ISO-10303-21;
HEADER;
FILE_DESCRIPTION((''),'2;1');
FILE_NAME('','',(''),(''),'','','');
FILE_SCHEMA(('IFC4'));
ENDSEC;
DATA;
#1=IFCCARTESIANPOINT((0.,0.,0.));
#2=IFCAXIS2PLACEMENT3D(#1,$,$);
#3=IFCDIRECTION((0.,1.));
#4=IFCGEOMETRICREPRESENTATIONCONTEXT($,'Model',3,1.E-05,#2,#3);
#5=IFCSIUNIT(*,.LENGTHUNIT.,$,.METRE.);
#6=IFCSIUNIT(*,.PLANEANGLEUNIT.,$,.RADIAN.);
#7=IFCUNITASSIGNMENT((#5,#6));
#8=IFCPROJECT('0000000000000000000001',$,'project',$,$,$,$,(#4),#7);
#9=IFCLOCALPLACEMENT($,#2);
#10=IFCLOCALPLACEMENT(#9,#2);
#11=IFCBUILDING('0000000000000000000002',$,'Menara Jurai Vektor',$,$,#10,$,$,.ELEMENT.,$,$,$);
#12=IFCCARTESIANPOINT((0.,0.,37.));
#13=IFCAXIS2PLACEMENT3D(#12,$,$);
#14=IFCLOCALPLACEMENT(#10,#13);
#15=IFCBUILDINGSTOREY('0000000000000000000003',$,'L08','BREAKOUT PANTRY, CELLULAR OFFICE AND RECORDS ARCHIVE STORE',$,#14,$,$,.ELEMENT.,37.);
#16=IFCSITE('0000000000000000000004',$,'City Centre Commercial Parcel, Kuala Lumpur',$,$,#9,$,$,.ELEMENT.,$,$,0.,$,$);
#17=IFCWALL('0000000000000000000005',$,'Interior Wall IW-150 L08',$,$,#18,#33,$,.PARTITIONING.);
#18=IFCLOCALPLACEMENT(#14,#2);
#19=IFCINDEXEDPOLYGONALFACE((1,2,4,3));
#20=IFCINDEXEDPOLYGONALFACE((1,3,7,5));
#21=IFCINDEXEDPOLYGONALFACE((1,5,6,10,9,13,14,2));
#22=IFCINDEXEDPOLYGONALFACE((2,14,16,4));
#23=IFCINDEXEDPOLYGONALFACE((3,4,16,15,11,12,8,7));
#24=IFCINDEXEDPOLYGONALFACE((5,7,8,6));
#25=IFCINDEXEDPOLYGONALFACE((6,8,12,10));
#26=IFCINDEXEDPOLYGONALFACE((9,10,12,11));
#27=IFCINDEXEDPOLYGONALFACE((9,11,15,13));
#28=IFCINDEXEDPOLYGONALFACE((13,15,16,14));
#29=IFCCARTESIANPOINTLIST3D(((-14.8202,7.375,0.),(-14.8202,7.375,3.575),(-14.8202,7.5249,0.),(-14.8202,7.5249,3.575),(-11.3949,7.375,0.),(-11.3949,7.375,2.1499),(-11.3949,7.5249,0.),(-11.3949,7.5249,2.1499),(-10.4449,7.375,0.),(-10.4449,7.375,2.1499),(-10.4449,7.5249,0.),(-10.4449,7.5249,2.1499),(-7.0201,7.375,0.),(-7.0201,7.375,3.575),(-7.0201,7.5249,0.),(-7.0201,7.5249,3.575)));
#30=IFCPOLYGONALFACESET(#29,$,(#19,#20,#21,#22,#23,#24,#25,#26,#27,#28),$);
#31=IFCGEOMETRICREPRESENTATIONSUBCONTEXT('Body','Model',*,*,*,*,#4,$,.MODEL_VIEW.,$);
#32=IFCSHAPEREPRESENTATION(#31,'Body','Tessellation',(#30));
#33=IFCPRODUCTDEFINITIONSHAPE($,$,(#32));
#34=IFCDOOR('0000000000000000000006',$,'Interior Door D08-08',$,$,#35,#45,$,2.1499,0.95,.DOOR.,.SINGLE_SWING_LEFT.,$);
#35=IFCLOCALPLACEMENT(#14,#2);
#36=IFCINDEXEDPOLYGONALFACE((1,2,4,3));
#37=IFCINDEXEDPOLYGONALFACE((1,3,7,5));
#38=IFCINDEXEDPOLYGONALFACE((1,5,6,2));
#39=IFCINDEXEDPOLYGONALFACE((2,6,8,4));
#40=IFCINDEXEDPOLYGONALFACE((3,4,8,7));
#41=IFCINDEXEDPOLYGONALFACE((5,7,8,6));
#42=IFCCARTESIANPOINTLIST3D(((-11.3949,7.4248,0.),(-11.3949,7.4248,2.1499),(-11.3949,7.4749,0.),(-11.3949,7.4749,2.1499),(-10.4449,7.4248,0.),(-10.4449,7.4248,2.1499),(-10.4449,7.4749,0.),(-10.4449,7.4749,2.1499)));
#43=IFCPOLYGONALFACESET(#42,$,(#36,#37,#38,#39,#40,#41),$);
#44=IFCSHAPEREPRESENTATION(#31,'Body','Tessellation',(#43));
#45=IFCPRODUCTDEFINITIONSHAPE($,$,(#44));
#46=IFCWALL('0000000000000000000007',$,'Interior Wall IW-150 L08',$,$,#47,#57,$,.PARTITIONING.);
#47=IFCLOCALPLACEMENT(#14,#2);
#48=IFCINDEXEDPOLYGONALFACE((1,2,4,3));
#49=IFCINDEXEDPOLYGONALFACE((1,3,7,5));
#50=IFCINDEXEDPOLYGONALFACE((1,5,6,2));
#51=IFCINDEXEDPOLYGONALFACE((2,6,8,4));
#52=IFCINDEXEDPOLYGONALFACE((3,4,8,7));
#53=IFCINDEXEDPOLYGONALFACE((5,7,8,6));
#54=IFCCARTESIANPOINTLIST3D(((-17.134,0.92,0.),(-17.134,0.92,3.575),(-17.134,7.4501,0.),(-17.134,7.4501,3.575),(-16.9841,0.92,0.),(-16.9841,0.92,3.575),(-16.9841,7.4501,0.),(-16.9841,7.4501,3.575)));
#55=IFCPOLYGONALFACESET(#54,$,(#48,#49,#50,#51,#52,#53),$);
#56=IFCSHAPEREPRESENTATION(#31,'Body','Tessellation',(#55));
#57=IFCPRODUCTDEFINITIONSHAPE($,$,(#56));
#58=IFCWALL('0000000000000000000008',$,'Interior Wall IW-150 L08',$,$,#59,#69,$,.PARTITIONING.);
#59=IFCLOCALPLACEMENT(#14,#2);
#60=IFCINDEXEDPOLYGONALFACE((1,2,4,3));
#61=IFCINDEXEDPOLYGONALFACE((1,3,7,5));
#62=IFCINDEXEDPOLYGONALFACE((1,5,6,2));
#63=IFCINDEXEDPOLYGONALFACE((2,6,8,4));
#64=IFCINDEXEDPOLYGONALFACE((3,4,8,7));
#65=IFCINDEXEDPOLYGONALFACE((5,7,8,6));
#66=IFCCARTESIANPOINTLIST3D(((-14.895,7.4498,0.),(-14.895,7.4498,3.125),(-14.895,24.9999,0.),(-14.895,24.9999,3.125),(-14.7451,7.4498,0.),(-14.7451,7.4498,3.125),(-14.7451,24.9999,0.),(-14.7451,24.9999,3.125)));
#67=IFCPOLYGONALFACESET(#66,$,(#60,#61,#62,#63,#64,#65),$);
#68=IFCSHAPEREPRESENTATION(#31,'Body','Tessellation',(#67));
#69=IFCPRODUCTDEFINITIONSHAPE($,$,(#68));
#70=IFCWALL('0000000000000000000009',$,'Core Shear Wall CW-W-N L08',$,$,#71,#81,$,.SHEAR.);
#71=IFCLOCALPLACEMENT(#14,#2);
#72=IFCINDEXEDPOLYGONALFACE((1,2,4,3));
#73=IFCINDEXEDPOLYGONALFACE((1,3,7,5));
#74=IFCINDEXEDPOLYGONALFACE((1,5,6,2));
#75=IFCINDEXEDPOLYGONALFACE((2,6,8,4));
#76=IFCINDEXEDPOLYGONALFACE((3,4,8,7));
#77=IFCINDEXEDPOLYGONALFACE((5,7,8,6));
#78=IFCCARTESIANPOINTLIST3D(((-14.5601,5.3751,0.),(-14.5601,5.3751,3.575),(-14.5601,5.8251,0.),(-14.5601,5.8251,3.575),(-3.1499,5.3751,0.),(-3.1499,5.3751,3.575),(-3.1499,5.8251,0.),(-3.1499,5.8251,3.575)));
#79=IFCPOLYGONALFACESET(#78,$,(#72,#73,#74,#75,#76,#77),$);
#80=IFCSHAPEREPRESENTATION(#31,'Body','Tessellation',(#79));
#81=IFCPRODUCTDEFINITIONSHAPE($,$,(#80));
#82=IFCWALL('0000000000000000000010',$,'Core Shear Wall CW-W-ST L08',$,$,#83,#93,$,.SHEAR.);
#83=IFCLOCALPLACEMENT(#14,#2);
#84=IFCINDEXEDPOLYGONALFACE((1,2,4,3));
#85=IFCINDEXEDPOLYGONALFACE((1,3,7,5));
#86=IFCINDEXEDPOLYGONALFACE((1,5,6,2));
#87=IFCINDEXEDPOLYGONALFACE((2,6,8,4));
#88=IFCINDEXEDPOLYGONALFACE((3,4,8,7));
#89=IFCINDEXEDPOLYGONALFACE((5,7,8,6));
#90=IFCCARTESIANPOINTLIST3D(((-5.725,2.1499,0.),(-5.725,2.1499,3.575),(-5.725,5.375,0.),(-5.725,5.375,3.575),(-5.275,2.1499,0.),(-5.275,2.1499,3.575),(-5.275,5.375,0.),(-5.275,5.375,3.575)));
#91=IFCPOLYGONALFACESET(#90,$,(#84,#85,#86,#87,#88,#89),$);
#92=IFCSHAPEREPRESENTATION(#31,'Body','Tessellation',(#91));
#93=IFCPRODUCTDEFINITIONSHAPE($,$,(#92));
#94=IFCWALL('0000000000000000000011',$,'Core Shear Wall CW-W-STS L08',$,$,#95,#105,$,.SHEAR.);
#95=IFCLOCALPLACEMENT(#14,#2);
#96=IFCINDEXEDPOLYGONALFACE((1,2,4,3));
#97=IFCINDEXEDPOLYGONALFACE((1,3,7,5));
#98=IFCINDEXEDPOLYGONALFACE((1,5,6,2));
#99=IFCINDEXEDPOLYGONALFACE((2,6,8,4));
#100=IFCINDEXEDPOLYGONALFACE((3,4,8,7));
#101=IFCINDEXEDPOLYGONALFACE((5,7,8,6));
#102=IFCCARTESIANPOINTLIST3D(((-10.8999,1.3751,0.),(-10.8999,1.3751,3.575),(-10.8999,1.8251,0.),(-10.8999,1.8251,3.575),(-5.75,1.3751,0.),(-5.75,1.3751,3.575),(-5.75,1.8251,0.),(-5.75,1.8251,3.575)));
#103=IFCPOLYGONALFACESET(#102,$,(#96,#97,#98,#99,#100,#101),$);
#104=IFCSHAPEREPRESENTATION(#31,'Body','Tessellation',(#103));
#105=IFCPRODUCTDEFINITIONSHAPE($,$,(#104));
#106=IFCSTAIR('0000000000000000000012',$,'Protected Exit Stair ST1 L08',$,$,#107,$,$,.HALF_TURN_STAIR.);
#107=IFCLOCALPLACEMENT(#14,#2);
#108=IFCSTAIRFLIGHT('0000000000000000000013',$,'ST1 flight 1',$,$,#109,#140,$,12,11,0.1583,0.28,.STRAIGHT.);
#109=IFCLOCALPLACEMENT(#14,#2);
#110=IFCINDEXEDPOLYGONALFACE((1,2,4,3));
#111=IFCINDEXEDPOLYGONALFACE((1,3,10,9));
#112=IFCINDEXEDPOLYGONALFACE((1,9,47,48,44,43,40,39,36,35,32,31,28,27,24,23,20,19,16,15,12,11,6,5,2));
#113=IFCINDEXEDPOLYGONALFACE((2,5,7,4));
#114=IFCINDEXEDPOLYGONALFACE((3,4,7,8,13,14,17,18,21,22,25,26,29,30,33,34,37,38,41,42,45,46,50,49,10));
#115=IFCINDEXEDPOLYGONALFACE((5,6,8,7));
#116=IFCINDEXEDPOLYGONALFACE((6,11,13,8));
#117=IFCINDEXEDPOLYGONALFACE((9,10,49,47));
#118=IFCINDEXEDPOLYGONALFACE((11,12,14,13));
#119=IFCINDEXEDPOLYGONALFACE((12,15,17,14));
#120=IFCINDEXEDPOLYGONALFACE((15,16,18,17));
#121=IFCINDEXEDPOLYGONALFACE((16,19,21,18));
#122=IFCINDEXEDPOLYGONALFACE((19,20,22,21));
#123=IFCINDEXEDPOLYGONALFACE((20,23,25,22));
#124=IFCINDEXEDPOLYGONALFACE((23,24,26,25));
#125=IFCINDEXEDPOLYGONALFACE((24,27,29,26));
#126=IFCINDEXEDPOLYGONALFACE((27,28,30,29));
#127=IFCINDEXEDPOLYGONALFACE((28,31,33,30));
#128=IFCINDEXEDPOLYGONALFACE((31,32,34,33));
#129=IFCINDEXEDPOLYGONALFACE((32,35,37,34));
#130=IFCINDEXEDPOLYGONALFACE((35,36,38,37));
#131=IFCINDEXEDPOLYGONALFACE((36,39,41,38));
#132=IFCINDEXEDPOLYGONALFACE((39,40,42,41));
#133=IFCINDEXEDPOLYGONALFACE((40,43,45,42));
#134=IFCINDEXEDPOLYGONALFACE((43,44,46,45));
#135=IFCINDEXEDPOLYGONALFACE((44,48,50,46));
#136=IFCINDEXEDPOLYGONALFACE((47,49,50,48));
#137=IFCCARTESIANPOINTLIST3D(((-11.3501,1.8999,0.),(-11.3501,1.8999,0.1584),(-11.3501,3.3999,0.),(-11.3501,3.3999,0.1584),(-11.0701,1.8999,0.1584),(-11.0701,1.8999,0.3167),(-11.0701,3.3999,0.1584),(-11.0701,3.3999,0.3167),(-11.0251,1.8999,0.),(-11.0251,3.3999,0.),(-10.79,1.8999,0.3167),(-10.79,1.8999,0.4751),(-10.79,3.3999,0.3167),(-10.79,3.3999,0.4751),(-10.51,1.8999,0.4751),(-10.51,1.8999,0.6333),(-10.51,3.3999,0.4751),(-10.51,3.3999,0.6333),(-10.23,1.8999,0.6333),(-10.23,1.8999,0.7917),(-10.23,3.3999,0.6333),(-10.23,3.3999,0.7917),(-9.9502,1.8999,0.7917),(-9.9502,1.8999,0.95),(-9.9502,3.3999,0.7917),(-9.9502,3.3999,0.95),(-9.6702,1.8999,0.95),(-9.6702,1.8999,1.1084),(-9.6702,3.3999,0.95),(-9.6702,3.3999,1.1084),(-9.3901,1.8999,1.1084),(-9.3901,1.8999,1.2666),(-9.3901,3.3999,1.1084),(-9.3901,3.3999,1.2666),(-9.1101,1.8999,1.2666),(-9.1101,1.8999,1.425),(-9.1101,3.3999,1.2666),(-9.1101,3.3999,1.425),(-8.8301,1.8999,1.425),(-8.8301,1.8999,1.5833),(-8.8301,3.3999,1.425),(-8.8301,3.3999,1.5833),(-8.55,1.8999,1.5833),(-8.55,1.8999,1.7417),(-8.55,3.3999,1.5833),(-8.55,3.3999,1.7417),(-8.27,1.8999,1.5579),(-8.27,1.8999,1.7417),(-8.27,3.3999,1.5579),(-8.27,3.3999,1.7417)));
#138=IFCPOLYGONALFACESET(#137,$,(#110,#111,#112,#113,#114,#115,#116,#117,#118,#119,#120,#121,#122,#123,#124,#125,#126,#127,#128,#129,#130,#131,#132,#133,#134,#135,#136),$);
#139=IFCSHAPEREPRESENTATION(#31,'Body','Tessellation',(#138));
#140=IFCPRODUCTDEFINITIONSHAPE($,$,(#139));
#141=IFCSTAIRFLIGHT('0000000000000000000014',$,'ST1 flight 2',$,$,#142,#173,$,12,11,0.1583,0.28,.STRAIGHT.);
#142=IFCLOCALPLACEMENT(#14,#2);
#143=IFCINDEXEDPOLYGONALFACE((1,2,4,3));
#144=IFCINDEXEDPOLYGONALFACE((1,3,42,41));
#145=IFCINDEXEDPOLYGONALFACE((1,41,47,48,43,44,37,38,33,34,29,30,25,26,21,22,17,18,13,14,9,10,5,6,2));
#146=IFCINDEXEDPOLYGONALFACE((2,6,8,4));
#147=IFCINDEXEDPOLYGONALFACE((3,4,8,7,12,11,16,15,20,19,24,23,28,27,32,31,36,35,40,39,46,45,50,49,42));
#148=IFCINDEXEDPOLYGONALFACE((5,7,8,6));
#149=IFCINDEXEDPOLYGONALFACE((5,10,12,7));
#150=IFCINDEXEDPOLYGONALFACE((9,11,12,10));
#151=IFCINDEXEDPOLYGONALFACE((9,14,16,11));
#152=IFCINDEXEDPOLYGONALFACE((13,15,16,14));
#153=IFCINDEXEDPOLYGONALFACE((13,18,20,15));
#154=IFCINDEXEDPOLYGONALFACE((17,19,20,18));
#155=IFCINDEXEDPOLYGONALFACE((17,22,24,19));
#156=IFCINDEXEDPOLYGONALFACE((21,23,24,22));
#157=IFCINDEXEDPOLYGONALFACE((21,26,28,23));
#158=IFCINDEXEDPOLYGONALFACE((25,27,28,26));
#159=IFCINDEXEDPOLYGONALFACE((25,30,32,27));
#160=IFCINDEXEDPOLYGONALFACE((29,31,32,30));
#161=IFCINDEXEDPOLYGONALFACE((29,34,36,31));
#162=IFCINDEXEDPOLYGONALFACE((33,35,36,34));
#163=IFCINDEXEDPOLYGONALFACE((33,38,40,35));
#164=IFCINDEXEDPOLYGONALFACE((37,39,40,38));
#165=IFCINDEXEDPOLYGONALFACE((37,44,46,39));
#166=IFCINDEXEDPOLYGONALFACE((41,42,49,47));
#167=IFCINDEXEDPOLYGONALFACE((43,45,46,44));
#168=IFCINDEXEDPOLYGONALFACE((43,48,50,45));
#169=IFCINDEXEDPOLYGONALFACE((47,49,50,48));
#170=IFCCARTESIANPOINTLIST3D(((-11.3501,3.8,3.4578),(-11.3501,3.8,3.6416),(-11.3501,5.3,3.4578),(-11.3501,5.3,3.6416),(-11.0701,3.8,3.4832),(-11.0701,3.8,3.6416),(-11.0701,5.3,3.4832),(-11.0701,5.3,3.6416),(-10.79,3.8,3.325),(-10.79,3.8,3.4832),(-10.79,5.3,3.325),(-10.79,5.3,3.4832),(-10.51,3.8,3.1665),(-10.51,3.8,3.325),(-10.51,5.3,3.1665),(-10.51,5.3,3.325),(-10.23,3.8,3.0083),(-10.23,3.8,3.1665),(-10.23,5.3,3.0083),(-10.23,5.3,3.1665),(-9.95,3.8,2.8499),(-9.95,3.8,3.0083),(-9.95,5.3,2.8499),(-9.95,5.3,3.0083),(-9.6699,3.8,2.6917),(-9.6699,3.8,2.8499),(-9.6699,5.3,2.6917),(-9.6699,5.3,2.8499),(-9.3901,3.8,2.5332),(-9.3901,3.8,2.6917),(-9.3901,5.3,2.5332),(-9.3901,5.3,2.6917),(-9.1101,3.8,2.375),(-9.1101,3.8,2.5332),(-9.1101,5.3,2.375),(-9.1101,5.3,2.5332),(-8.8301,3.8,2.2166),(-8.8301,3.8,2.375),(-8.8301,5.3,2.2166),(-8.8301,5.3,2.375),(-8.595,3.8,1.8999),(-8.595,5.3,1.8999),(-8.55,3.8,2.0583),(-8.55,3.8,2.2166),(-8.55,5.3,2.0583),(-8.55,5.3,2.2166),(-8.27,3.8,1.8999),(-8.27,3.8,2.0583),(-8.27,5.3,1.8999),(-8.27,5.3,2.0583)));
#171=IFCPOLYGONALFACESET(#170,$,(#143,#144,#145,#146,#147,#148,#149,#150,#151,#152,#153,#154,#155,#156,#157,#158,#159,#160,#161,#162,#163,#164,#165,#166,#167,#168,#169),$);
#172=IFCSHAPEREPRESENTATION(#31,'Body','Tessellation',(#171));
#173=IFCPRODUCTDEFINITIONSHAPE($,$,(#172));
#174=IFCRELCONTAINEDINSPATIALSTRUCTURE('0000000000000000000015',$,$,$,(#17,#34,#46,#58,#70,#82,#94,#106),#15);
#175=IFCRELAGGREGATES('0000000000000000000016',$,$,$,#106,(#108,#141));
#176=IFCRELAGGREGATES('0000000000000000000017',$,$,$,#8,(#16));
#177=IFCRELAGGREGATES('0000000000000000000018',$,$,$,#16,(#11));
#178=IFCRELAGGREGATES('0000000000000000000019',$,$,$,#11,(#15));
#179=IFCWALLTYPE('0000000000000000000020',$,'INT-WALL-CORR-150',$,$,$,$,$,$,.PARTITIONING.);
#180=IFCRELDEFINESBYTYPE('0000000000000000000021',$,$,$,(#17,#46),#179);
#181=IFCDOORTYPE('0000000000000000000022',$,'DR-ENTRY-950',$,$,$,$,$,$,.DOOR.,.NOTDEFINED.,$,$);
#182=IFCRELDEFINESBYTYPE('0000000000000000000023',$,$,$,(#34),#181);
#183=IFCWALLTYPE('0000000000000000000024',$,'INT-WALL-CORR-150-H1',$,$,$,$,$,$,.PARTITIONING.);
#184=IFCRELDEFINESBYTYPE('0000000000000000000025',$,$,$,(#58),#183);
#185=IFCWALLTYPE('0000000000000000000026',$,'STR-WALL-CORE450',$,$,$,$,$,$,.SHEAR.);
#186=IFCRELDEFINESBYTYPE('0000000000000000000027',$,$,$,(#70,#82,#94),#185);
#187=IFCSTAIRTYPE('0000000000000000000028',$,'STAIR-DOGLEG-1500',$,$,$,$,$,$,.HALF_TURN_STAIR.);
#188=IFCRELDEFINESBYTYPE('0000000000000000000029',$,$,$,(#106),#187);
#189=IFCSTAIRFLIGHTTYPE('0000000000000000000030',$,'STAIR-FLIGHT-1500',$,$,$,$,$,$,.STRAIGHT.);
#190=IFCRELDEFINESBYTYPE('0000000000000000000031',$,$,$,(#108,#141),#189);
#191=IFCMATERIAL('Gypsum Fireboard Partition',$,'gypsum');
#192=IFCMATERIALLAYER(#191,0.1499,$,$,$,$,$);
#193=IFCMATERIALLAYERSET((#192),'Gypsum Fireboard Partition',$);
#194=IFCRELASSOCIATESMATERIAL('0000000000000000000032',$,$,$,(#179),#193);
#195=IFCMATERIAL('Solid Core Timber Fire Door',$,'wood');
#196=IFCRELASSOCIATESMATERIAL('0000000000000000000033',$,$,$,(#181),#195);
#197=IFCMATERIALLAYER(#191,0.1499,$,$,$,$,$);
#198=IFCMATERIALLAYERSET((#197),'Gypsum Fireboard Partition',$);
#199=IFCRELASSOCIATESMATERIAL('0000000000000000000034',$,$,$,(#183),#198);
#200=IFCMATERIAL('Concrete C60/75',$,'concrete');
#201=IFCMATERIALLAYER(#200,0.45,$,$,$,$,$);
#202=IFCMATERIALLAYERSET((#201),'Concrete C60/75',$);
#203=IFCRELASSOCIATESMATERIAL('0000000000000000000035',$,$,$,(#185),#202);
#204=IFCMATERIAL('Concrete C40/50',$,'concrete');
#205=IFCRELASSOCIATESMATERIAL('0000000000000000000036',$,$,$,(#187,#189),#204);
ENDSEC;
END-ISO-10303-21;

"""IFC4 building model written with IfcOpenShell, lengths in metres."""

from ifc_helpers import new_model, si_unit, direction, frame, frame_2d, origin, place, context, subcontext, project, spatial, polyline, rectangle, outline, extrude, material, layer, layer_set, type_object, element, fill, aggregate, save


model = new_model("IFC4")

# Units and contexts
model_context = context("Model", 3, precision=1e-05, world=origin(), true_north=direction((0.0, 1.0)))
body_context = subcontext(model_context, "Body", "Model", "MODEL_VIEW")
ifc_project = project(units=[si_unit("LENGTHUNIT", "METRE"), si_unit("PLANEANGLEUNIT", "RADIAN")], contexts=[model_context])

# Site, building, storey
site_placement = place(None, origin())
site = spatial("IfcSite", under=ifc_project, at=site_placement, Name="City Centre Commercial Parcel, Kuala Lumpur", CompositionType="ELEMENT", RefElevation=0.0)
building_placement = place(site_placement, origin())
building = spatial("IfcBuilding", under=site, at=building_placement, Name="Menara Jurai Vektor", CompositionType="ELEMENT")
storey_placement = place(building_placement, frame((0.0, 0.0, 37.0)))
storey = spatial("IfcBuildingStorey", under=building, at=storey_placement, Name="L08", Description="BREAKOUT PANTRY, CELLULAR OFFICE AND RECORDS ARCHIVE STORE", CompositionType="ELEMENT", Elevation=37.0)

# Shared definitions
ifc_material_1 = material(Name="Concrete C60/75", Category="concrete")

# Shared definitions
ifc_material_2 = material(Name="Concrete C40/50", Category="concrete")

# Shared definitions
ifc_material_3 = material(Name="Gypsum Fireboard Partition", Category="gypsum")
ifc_layer_1 = layer(ifc_material_3, 0.1499)
ifc_layer_set_1 = layer_set([ifc_layer_1], Name="Gypsum Fireboard Partition")
wall_type_1 = type_object("IfcWallType", Name="INT-WALL-CORR-150", PredefinedType="PARTITIONING", material=ifc_layer_set_1)

# Wall, opening, door
ifc_material_4 = material(Name="Solid Core Timber Fire Door", Category="wood")
door_type_1 = type_object("IfcDoorType", Name="DR-ENTRY-950", OperationType="NOTDEFINED", PredefinedType="DOOR", material=ifc_material_4)
wall_1_placement = place(storey_placement, frame((-14.8201, 7.45, 0.0), z_axis=(0.0, 0.0, 1.0), x_axis=(1.0, 0.0, 0.0)))
wall_1 = element("IfcWall", 1, at=wall_1_placement, inside=storey, type_object=wall_type_1, Name="Interior Wall IW-150 L08", PredefinedType="PARTITIONING", context=body_context, shape_type="SweptSolid", body=[
    extrude(rectangle(XDim=7.8, YDim=0.1499, at=frame_2d((3.8999, 0.0))), origin(), (0.0, 0.0, 1.0), 3.575),
])
opening_1_placement = place(wall_1_placement, frame((3.425, 0.0, 0.0)))
opening_1 = element("IfcOpeningElement", 2, at=opening_1_placement, cuts=wall_1, PredefinedType="OPENING", context=body_context, shape_type="SweptSolid", body=[
    extrude(rectangle(XDim=0.95, YDim=2.1499, at=frame_2d((0.4751, 1.075))), frame((0.0, 0.085, 0.0), z_axis=(0.0, -1.0, 0.0), x_axis=(1.0, 0.0, 0.0)), (0.0, 0.0, 1.0), 0.1699),
])
door_1_placement = place(opening_1_placement, origin())
door_1 = element("IfcDoor", 3, at=door_1_placement, inside=storey, type_object=door_type_1, Name="Interior Door D08-08", OperationType="SINGLE_SWING_LEFT", OverallHeight=2.1499, OverallWidth=0.95, PredefinedType="DOOR", context=body_context, shape_type="SweptSolid", body=[
    extrude(rectangle(XDim=0.95, YDim=2.1499, at=frame_2d((0.4751, 1.075))), frame((0.0, 0.0249, 0.0), z_axis=(0.0, -1.0, 0.0), x_axis=(1.0, 0.0, 0.0)), (0.0, 0.0, 1.0), 0.05),
])
fill(opening_1, door_1)

# Walls
wall_2_placement = place(storey_placement, frame((-17.0591, 0.9199, 0.0), z_axis=(0.0, 0.0, 1.0), x_axis=(0.0, 1.0, 0.0)))
element("IfcWall", 4, at=wall_2_placement, inside=storey, type_object=wall_type_1, Name="Interior Wall IW-150 L08", PredefinedType="PARTITIONING", context=body_context, shape_type="SweptSolid", body=[
    extrude(rectangle(XDim=6.53, YDim=0.1499, at=frame_2d((3.2651, 0.0))), origin(), (0.0, 0.0, 1.0), 3.575),
])
ifc_layer_2 = layer(ifc_material_3, 0.1499)
ifc_layer_set_2 = layer_set([ifc_layer_2], Name="Gypsum Fireboard Partition")
wall_type_2 = type_object("IfcWallType", Name="INT-WALL-CORR-150-H1", PredefinedType="PARTITIONING", material=ifc_layer_set_2)
wall_3_placement = place(storey_placement, frame((-14.8201, 7.45, 0.0), z_axis=(0.0, 0.0, 1.0), x_axis=(0.0, 1.0, 0.0)))
element("IfcWall", 5, at=wall_3_placement, inside=storey, type_object=wall_type_2, Name="Interior Wall IW-150 L08", PredefinedType="PARTITIONING", context=body_context, shape_type="SweptSolid", body=[
    extrude(rectangle(XDim=17.55, YDim=0.1499, at=frame_2d((8.7749, 0.0))), origin(), (0.0, 0.0, 1.0), 3.125),
])
ifc_layer_3 = layer(ifc_material_1, 0.45)
ifc_layer_set_3 = layer_set([ifc_layer_3], Name="Concrete C60/75")
wall_type_3 = type_object("IfcWallType", Name="STR-WALL-CORE450", PredefinedType="SHEAR", material=ifc_layer_set_3)
wall_4_placement = place(storey_placement, frame((-14.5601, 5.6001, 0.0), z_axis=(0.0, 0.0, 1.0), x_axis=(1.0, 0.0, 0.0)))
element("IfcWall", 6, at=wall_4_placement, inside=storey, type_object=wall_type_3, Name="Core Shear Wall CW-W-N L08", PredefinedType="SHEAR", context=body_context, shape_type="SweptSolid", body=[
    extrude(rectangle(XDim=11.4102, YDim=0.45, at=frame_2d((5.7051, 0.0))), origin(), (0.0, 0.0, 1.0), 3.575),
])
wall_5_placement = place(storey_placement, frame((-5.5, 2.1499, 0.0), z_axis=(0.0, 0.0, 1.0), x_axis=(0.0, 1.0, 0.0)))
element("IfcWall", 7, at=wall_5_placement, inside=storey, type_object=wall_type_3, Name="Core Shear Wall CW-W-ST L08", PredefinedType="SHEAR", context=body_context, shape_type="SweptSolid", body=[
    extrude(rectangle(XDim=3.2251, YDim=0.45, at=frame_2d((1.6125, 0.0))), origin(), (0.0, 0.0, 1.0), 3.575),
])
wall_6_placement = place(storey_placement, frame((-10.8999, 1.6001, 0.0), z_axis=(0.0, 0.0, 1.0), x_axis=(1.0, 0.0, 0.0)))
element("IfcWall", 8, at=wall_6_placement, inside=storey, type_object=wall_type_3, Name="Core Shear Wall CW-W-STS L08", PredefinedType="SHEAR", context=body_context, shape_type="SweptSolid", body=[
    extrude(rectangle(XDim=5.1499, YDim=0.45, at=frame_2d((2.575, 0.0))), origin(), (0.0, 0.0, 1.0), 3.575),
])

# Stair, stair flights
stair_type = type_object("IfcStairType", Name="STAIR-DOGLEG-1500", PredefinedType="HALF_TURN_STAIR", material=ifc_material_2)
stair_placement = place(storey_placement, origin())
stair = element("IfcStair", 9, at=stair_placement, inside=storey, type_object=stair_type, Name="Protected Exit Stair ST1 L08", PredefinedType="HALF_TURN_STAIR")
stair_flight_type = type_object("IfcStairFlightType", Name="STAIR-FLIGHT-1500", PredefinedType="STRAIGHT", material=ifc_material_2)
stair_flight_1_placement = place(storey_placement, frame((-11.3501, 2.6499, 0.0), z_axis=(0.0, 0.0, 1.0), x_axis=(1.0, 0.0, 0.0)))
stair_flight_1 = element("IfcStairFlight", 10, at=stair_flight_1_placement, type_object=stair_flight_type, Name="ST1 flight 1", NumberOfRisers=12, NumberOfTreads=11, PredefinedType="STRAIGHT", RiserHeight=0.1583, TreadLength=0.28, context=body_context, shape_type="SweptSolid", body=[
    extrude(outline(polyline([(0.0, 0.0), (0.0, 0.1584), (0.28, 0.1584), (0.28, 0.3167), (0.5601, 0.3167), (0.5601, 0.4751), (0.8401, 0.4751), (0.8401, 0.6333), (1.1201, 0.6333), (1.1201, 0.7917), (1.3999, 0.7917), (1.3999, 0.95), (1.6799, 0.95), (1.6799, 1.1084), (1.96, 1.1084), (1.96, 1.2666), (2.24, 1.2666), (2.24, 1.425), (2.52, 1.425), (2.52, 1.5833), (2.8, 1.5833), (2.8, 1.7417), (3.0801, 1.7417), (3.0801, 1.8999), (3.0801, 1.5579), (0.325, 0.0), (0.0, 0.0)])), frame((0.0, 0.75, 0.0), z_axis=(0.0, -1.0, 0.0), x_axis=(1.0, 0.0, 0.0)), (0.0, 0.0, 1.0), 1.5),
])
stair_flight_2_placement = place(storey_placement, frame((-8.27, 4.55, 1.8999), z_axis=(0.0, 0.0, 1.0), x_axis=(-1.0, 0.0, 0.0)))
stair_flight_2 = element("IfcStairFlight", 11, at=stair_flight_2_placement, type_object=stair_flight_type, Name="ST1 flight 2", NumberOfRisers=12, NumberOfTreads=11, PredefinedType="STRAIGHT", RiserHeight=0.1583, TreadLength=0.28, context=body_context, shape_type="SweptSolid", body=[
    extrude(outline(polyline([(0.0, 0.0), (0.0, 0.1584), (0.28, 0.1584), (0.28, 0.3167), (0.5601, 0.3167), (0.5601, 0.4751), (0.8401, 0.4751), (0.8401, 0.6333), (1.1201, 0.6333), (1.1201, 0.7917), (1.3999, 0.7917), (1.3999, 0.95), (1.6799, 0.95), (1.6799, 1.1084), (1.96, 1.1084), (1.96, 1.2666), (2.24, 1.2666), (2.24, 1.425), (2.52, 1.425), (2.52, 1.5833), (2.8, 1.5833), (2.8, 1.7417), (3.0801, 1.7417), (3.0801, 1.8999), (3.0801, 1.5579), (0.325, 0.0), (0.0, 0.0)])), frame((0.0, 0.75, 0.0), z_axis=(0.0, -1.0, 0.0), x_axis=(1.0, 0.0, 0.0)), (0.0, 0.0, 1.0), 1.5),
])
aggregate(stair, [stair_flight_1, stair_flight_2])

save(model, "model.ifc")
